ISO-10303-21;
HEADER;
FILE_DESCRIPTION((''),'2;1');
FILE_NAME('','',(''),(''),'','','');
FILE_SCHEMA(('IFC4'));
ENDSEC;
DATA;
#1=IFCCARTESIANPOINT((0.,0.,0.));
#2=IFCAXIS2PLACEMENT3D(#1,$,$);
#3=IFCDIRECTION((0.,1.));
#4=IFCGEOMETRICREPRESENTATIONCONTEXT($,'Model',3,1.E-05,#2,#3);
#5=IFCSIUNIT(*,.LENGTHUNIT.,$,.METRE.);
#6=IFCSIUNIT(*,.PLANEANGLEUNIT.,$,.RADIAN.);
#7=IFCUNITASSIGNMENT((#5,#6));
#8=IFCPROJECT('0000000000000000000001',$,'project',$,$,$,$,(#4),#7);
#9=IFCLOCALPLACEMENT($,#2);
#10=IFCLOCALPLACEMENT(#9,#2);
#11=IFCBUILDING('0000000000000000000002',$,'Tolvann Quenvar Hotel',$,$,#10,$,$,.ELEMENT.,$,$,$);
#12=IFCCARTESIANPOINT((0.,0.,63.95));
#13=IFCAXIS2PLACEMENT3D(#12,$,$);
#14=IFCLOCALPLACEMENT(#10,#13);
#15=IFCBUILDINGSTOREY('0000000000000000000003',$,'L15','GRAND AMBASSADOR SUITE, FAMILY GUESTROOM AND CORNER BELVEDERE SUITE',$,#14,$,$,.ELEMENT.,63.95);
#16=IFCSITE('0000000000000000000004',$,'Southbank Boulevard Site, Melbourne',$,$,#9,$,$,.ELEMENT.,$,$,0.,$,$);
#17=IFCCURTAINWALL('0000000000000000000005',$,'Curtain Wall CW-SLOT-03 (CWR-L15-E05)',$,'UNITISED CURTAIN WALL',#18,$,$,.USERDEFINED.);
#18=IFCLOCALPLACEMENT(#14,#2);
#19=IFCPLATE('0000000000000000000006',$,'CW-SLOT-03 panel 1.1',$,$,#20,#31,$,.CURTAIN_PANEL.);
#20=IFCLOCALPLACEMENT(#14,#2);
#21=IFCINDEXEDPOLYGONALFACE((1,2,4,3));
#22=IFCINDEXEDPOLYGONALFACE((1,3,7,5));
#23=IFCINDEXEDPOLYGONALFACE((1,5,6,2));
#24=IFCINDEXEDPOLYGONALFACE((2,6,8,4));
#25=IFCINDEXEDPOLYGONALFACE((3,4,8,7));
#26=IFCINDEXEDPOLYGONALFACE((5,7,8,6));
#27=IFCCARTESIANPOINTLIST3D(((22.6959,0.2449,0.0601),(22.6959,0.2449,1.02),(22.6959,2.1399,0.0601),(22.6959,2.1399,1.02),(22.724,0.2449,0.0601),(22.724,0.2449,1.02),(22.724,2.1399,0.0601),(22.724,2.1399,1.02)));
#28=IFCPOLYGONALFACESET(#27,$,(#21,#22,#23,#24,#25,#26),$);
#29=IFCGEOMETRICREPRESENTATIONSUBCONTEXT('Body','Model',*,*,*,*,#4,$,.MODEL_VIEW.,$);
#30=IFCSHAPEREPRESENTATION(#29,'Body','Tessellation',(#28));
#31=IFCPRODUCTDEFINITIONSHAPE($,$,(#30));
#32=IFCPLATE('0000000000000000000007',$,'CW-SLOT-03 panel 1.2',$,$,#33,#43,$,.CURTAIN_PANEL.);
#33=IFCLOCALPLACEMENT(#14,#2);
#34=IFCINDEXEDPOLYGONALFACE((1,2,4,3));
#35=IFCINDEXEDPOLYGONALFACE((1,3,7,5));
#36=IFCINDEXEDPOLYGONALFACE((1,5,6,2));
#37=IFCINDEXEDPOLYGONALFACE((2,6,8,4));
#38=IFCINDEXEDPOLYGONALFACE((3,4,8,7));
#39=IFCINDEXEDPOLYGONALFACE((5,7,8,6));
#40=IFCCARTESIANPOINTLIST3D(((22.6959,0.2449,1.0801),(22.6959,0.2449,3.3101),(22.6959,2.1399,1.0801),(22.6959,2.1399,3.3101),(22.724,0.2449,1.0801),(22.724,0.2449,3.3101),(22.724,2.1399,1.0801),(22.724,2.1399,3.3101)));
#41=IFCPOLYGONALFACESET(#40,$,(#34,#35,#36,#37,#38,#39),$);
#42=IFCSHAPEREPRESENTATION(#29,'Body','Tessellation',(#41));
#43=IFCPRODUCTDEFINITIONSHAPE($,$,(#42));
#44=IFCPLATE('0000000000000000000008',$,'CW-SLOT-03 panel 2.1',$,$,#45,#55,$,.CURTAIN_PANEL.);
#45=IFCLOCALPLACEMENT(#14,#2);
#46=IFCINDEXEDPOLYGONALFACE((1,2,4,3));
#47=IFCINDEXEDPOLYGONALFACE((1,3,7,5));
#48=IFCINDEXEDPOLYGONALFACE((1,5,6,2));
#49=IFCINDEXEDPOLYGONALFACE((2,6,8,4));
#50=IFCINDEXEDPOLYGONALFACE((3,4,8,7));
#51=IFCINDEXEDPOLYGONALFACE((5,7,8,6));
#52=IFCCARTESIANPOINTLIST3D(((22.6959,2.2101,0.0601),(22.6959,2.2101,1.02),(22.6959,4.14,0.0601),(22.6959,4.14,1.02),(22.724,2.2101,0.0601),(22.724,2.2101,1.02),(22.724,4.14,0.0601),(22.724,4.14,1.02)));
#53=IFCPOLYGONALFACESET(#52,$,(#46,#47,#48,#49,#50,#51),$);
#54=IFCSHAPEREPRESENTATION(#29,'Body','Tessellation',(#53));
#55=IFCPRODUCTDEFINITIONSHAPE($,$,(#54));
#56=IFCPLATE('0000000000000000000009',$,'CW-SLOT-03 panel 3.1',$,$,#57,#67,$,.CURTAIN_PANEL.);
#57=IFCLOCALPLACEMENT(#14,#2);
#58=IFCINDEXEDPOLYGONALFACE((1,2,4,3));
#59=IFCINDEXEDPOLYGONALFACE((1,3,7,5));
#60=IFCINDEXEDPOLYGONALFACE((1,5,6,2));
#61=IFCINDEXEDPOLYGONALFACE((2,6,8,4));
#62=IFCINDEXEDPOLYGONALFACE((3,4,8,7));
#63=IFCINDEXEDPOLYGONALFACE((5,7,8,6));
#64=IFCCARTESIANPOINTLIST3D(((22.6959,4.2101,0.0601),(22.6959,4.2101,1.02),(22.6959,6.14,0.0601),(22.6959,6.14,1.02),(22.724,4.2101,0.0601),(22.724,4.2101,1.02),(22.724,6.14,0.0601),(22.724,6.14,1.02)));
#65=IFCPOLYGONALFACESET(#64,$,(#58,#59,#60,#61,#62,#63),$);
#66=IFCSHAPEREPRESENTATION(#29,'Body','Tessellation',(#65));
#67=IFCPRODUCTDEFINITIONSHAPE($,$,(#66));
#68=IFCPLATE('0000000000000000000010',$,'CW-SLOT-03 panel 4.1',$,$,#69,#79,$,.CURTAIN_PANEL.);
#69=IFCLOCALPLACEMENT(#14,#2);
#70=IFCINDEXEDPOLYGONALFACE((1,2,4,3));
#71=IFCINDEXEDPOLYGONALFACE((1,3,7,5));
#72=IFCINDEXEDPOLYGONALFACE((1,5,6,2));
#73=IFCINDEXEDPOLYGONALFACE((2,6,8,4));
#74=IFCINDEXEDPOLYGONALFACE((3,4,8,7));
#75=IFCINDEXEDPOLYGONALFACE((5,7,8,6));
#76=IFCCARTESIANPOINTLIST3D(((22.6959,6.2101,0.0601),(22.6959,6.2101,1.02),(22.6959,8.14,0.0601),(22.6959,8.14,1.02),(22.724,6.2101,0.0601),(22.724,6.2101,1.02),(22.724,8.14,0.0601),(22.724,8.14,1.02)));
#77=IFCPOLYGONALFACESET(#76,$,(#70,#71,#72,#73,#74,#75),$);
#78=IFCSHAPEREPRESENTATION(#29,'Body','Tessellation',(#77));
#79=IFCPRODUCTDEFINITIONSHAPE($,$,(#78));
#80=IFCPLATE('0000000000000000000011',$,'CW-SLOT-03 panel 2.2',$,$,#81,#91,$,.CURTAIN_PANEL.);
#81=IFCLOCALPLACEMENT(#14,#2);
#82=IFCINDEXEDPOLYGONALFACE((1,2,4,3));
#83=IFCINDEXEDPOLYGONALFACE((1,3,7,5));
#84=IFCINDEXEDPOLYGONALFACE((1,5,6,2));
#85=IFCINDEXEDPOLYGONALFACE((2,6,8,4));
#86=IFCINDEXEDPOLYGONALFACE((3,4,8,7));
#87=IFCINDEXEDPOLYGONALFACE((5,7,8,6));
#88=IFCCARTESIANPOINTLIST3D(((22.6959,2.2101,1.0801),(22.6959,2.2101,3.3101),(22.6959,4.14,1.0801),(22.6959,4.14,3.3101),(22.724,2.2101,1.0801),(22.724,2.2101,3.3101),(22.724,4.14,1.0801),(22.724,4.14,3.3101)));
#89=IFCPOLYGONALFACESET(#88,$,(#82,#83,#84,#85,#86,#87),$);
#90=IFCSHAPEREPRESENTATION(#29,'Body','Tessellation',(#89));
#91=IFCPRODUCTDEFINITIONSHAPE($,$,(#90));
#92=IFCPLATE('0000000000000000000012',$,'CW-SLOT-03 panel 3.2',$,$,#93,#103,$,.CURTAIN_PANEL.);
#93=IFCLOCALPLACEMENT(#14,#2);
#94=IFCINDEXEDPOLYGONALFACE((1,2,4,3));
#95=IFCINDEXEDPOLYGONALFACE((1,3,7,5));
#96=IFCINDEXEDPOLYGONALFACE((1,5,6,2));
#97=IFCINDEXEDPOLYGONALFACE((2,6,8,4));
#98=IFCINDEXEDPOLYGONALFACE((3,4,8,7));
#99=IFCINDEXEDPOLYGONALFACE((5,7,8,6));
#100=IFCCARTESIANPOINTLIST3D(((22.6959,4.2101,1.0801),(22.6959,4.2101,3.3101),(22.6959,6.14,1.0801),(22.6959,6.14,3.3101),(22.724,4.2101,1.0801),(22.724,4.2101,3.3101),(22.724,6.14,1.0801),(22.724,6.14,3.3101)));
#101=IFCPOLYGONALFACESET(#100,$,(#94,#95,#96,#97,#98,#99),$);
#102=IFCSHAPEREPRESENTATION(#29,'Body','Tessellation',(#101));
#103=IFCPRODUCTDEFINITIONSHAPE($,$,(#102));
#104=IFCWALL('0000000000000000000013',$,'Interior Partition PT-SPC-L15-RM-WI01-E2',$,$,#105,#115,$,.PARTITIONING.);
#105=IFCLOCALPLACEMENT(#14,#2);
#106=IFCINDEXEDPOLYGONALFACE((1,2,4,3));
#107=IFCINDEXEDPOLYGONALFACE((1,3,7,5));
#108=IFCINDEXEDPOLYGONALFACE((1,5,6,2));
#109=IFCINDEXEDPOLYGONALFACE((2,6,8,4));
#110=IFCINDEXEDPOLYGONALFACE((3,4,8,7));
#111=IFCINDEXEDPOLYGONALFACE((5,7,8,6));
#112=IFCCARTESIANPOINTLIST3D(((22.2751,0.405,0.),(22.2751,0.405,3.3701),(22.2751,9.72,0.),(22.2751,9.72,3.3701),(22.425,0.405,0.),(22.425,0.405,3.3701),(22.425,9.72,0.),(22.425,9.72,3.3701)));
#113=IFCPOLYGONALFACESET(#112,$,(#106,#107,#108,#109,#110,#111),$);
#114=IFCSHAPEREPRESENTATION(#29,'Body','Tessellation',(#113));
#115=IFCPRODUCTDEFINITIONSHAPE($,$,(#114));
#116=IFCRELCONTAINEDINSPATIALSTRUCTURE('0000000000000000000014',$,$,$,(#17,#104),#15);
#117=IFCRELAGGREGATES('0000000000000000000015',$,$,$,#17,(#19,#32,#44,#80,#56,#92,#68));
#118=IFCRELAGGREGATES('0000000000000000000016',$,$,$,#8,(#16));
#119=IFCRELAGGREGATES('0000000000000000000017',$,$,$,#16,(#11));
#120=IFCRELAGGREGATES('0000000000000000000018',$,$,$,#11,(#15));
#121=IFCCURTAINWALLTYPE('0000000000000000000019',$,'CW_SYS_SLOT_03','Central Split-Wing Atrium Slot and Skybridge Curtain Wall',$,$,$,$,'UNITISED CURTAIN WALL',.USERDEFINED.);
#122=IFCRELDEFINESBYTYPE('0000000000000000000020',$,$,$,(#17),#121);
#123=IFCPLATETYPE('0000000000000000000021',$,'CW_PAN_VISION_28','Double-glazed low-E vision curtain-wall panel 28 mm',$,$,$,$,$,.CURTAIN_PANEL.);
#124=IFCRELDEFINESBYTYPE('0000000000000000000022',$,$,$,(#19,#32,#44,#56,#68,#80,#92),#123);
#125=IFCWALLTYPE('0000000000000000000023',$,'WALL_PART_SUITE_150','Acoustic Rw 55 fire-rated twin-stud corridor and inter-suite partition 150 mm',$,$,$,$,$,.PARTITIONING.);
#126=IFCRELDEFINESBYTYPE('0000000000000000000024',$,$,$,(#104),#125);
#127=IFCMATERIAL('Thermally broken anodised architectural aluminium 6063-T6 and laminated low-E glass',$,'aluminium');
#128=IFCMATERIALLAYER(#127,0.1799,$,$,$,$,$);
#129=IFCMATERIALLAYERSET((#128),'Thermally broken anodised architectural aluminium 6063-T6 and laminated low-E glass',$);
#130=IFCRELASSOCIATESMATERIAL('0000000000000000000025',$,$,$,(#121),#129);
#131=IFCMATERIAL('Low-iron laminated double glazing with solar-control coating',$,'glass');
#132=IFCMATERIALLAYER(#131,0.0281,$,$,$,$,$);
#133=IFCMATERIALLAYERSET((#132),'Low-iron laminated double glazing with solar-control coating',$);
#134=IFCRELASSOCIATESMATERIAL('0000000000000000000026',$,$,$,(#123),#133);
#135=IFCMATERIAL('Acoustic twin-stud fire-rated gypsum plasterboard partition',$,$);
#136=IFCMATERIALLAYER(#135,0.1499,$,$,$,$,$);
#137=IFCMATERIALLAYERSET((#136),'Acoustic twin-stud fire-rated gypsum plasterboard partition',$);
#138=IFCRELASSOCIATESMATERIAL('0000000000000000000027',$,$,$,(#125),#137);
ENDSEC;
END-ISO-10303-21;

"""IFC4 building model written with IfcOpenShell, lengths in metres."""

from ifc_helpers import new_model, si_unit, direction, frame, frame_2d, origin, origin_2d, place, context, subcontext, project, spatial, rectangle, extrude, source, transform, mapped, material, layer, layer_set, type_object, type_shapes, element, aggregate, save


model = new_model("IFC4")

# Units and contexts
model_context = context("Model", 3, precision=1e-05, world=origin(), true_north=direction((0.0, 1.0)))
body_context = subcontext(model_context, "Body", "Model", "MODEL_VIEW")
ifc_project = project(units=[si_unit("LENGTHUNIT", "METRE"), si_unit("PLANEANGLEUNIT", "RADIAN")], contexts=[model_context])

# Site, building, storey
site_placement = place(None, origin())
site = spatial("IfcSite", under=ifc_project, at=site_placement, Name="Southbank Boulevard Site, Melbourne", CompositionType="ELEMENT", RefElevation=0.0)
building_placement = place(site_placement, origin())
building = spatial("IfcBuilding", under=site, at=building_placement, Name="Tolvann Quenvar Hotel", CompositionType="ELEMENT")
storey_placement = place(building_placement, frame((0.0, 0.0, 63.95)))
storey = spatial("IfcBuildingStorey", under=building, at=storey_placement, Name="L15", Description="GRAND AMBASSADOR SUITE, FAMILY GUESTROOM AND CORNER BELVEDERE SUITE", CompositionType="ELEMENT", Elevation=63.95)

# Curtain wall, plates
ifc_material_1 = material(Name="Thermally broken anodised architectural aluminium 6063-T6 and laminated low-E glass", Category="aluminium")
ifc_layer_1 = layer(ifc_material_1, 0.1799)
ifc_layer_set_1 = layer_set([ifc_layer_1], Name="Thermally broken anodised architectural aluminium 6063-T6 and laminated low-E glass")
curtain_wall_type = type_object("IfcCurtainWallType", Name="CW_SYS_SLOT_03", Description="Central Split-Wing Atrium Slot and Skybridge Curtain Wall", ElementType="UNITISED CURTAIN WALL", PredefinedType="USERDEFINED", material=ifc_layer_set_1)
curtain_wall_placement = place(storey_placement, origin())
curtain_wall = element("IfcCurtainWall", 1, at=curtain_wall_placement, inside=storey, type_object=curtain_wall_type, Name="Curtain Wall CW-SLOT-03 (CWR-L15-E05)", ObjectType="UNITISED CURTAIN WALL", PredefinedType="USERDEFINED")
ifc_material_2 = material(Name="Low-iron laminated double glazing with solar-control coating", Category="glass")
ifc_layer_2 = layer(ifc_material_2, 0.0281)
ifc_layer_set_2 = layer_set([ifc_layer_2], Name="Low-iron laminated double glazing with solar-control coating")
plate_type = type_object("IfcPlateType", Name="CW_PAN_VISION_28", Description="Double-glazed low-E vision curtain-wall panel 28 mm", PredefinedType="CURTAIN_PANEL", material=ifc_layer_set_2)
shared_shape_1 = source(origin(), body_context, "Body", "SweptSolid", [
    extrude(rectangle(XDim=1.895, YDim=0.0281, at=origin_2d()), origin(), (0.0, 0.0, 1.0), 0.96),
])
plate_1_placement = place(storey_placement, frame((22.71, 1.1924, 0.0601), z_axis=(0.0, 0.0, 1.0), x_axis=(0.0, 1.0, 0.0)))
plate_1 = element("IfcPlate", 2, at=plate_1_placement, type_object=plate_type, Name="CW-SLOT-03 panel 1.1", PredefinedType="CURTAIN_PANEL", context=body_context, shape_type="MappedRepresentation", body=[
    mapped(shared_shape_1, transform((0.0, 0.0, 0.0), x_axis=(1.0, 0.0, 0.0), y_axis=(0.0, 1.0, 0.0), z_axis=(0.0, 0.0, 1.0), scale=1.0)),
])
shared_shape_2 = source(origin(), body_context, "Body", "SweptSolid", [
    extrude(rectangle(XDim=1.895, YDim=0.0281, at=origin_2d()), origin(), (0.0, 0.0, 1.0), 2.23),
])
plate_2_placement = place(storey_placement, frame((22.71, 1.1924, 1.0801), z_axis=(0.0, 0.0, 1.0), x_axis=(0.0, 1.0, 0.0)))
plate_2 = element("IfcPlate", 3, at=plate_2_placement, type_object=plate_type, Name="CW-SLOT-03 panel 1.2", PredefinedType="CURTAIN_PANEL", context=body_context, shape_type="MappedRepresentation", body=[
    mapped(shared_shape_2, transform((0.0, 0.0, 0.0), x_axis=(1.0, 0.0, 0.0), y_axis=(0.0, 1.0, 0.0), z_axis=(0.0, 0.0, 1.0), scale=1.0)),
])
shared_shape_3 = source(origin(), body_context, "Body", "SweptSolid", [
    extrude(rectangle(XDim=1.9299, YDim=0.0281, at=origin_2d()), origin(), (0.0, 0.0, 1.0), 0.96),
])
plate_3_placement = place(storey_placement, frame((22.71, 3.175, 0.0601), z_axis=(0.0, 0.0, 1.0), x_axis=(0.0, 1.0, 0.0)))
plate_3 = element("IfcPlate", 4, at=plate_3_placement, type_object=plate_type, Name="CW-SLOT-03 panel 2.1", PredefinedType="CURTAIN_PANEL", context=body_context, shape_type="MappedRepresentation", body=[
    mapped(shared_shape_3, transform((0.0, 0.0, 0.0), x_axis=(1.0, 0.0, 0.0), y_axis=(0.0, 1.0, 0.0), z_axis=(0.0, 0.0, 1.0), scale=1.0)),
])
plate_4_placement = place(storey_placement, frame((22.71, 5.175, 0.0601), z_axis=(0.0, 0.0, 1.0), x_axis=(0.0, 1.0, 0.0)))
plate_4 = element("IfcPlate", 5, at=plate_4_placement, type_object=plate_type, Name="CW-SLOT-03 panel 3.1", PredefinedType="CURTAIN_PANEL", context=body_context, shape_type="MappedRepresentation", body=[
    mapped(shared_shape_3, transform((0.0, 0.0, 0.0), x_axis=(1.0, 0.0, 0.0), y_axis=(0.0, 1.0, 0.0), z_axis=(0.0, 0.0, 1.0), scale=1.0)),
])
plate_5_placement = place(storey_placement, frame((22.71, 7.175, 0.0601), z_axis=(0.0, 0.0, 1.0), x_axis=(0.0, 1.0, 0.0)))
plate_5 = element("IfcPlate", 6, at=plate_5_placement, type_object=plate_type, Name="CW-SLOT-03 panel 4.1", PredefinedType="CURTAIN_PANEL", context=body_context, shape_type="MappedRepresentation", body=[
    mapped(shared_shape_3, transform((0.0, 0.0, 0.0), x_axis=(1.0, 0.0, 0.0), y_axis=(0.0, 1.0, 0.0), z_axis=(0.0, 0.0, 1.0), scale=1.0)),
])
shared_shape_4 = source(origin(), body_context, "Body", "SweptSolid", [
    extrude(rectangle(XDim=1.9299, YDim=0.0281, at=origin_2d()), origin(), (0.0, 0.0, 1.0), 2.23),
])
type_shapes(plate_type, [shared_shape_1, shared_shape_2, shared_shape_3, shared_shape_4])
plate_6_placement = place(storey_placement, frame((22.71, 3.175, 1.0801), z_axis=(0.0, 0.0, 1.0), x_axis=(0.0, 1.0, 0.0)))
plate_6 = element("IfcPlate", 7, at=plate_6_placement, type_object=plate_type, Name="CW-SLOT-03 panel 2.2", PredefinedType="CURTAIN_PANEL", context=body_context, shape_type="MappedRepresentation", body=[
    mapped(shared_shape_4, transform((0.0, 0.0, 0.0), x_axis=(1.0, 0.0, 0.0), y_axis=(0.0, 1.0, 0.0), z_axis=(0.0, 0.0, 1.0), scale=1.0)),
])
plate_7_placement = place(storey_placement, frame((22.71, 5.175, 1.0801), z_axis=(0.0, 0.0, 1.0), x_axis=(0.0, 1.0, 0.0)))
plate_7 = element("IfcPlate", 8, at=plate_7_placement, type_object=plate_type, Name="CW-SLOT-03 panel 3.2", PredefinedType="CURTAIN_PANEL", context=body_context, shape_type="MappedRepresentation", body=[
    mapped(shared_shape_4, transform((0.0, 0.0, 0.0), x_axis=(1.0, 0.0, 0.0), y_axis=(0.0, 1.0, 0.0), z_axis=(0.0, 0.0, 1.0), scale=1.0)),
])
aggregate(curtain_wall, [plate_1, plate_2, plate_3, plate_6, plate_4, plate_7, plate_5])

# Wall
ifc_material_3 = material(Name="Acoustic twin-stud fire-rated gypsum plasterboard partition")
ifc_layer_3 = layer(ifc_material_3, 0.1499)
ifc_layer_set_3 = layer_set([ifc_layer_3], Name="Acoustic twin-stud fire-rated gypsum plasterboard partition")
wall_type = type_object("IfcWallType", Name="WALL_PART_SUITE_150", Description="Acoustic Rw 55 fire-rated twin-stud corridor and inter-suite partition 150 mm", PredefinedType="PARTITIONING", material=ifc_layer_set_3)
wall_placement = place(storey_placement, frame((22.3501, 0.405, 0.0), z_axis=(0.0, 0.0, 1.0), x_axis=(0.0, 1.0, 0.0)))
element("IfcWall", 9, at=wall_placement, inside=storey, type_object=wall_type, Name="Interior Partition PT-SPC-L15-RM-WI01-E2", PredefinedType="PARTITIONING", context=body_context, shape_type="SweptSolid", body=[
    extrude(rectangle(XDim=9.3149, YDim=0.1499, at=frame_2d((4.6575, 0.0))), origin(), (0.0, 0.0, 1.0), 3.3701),
])

save(model, "model.ifc")
